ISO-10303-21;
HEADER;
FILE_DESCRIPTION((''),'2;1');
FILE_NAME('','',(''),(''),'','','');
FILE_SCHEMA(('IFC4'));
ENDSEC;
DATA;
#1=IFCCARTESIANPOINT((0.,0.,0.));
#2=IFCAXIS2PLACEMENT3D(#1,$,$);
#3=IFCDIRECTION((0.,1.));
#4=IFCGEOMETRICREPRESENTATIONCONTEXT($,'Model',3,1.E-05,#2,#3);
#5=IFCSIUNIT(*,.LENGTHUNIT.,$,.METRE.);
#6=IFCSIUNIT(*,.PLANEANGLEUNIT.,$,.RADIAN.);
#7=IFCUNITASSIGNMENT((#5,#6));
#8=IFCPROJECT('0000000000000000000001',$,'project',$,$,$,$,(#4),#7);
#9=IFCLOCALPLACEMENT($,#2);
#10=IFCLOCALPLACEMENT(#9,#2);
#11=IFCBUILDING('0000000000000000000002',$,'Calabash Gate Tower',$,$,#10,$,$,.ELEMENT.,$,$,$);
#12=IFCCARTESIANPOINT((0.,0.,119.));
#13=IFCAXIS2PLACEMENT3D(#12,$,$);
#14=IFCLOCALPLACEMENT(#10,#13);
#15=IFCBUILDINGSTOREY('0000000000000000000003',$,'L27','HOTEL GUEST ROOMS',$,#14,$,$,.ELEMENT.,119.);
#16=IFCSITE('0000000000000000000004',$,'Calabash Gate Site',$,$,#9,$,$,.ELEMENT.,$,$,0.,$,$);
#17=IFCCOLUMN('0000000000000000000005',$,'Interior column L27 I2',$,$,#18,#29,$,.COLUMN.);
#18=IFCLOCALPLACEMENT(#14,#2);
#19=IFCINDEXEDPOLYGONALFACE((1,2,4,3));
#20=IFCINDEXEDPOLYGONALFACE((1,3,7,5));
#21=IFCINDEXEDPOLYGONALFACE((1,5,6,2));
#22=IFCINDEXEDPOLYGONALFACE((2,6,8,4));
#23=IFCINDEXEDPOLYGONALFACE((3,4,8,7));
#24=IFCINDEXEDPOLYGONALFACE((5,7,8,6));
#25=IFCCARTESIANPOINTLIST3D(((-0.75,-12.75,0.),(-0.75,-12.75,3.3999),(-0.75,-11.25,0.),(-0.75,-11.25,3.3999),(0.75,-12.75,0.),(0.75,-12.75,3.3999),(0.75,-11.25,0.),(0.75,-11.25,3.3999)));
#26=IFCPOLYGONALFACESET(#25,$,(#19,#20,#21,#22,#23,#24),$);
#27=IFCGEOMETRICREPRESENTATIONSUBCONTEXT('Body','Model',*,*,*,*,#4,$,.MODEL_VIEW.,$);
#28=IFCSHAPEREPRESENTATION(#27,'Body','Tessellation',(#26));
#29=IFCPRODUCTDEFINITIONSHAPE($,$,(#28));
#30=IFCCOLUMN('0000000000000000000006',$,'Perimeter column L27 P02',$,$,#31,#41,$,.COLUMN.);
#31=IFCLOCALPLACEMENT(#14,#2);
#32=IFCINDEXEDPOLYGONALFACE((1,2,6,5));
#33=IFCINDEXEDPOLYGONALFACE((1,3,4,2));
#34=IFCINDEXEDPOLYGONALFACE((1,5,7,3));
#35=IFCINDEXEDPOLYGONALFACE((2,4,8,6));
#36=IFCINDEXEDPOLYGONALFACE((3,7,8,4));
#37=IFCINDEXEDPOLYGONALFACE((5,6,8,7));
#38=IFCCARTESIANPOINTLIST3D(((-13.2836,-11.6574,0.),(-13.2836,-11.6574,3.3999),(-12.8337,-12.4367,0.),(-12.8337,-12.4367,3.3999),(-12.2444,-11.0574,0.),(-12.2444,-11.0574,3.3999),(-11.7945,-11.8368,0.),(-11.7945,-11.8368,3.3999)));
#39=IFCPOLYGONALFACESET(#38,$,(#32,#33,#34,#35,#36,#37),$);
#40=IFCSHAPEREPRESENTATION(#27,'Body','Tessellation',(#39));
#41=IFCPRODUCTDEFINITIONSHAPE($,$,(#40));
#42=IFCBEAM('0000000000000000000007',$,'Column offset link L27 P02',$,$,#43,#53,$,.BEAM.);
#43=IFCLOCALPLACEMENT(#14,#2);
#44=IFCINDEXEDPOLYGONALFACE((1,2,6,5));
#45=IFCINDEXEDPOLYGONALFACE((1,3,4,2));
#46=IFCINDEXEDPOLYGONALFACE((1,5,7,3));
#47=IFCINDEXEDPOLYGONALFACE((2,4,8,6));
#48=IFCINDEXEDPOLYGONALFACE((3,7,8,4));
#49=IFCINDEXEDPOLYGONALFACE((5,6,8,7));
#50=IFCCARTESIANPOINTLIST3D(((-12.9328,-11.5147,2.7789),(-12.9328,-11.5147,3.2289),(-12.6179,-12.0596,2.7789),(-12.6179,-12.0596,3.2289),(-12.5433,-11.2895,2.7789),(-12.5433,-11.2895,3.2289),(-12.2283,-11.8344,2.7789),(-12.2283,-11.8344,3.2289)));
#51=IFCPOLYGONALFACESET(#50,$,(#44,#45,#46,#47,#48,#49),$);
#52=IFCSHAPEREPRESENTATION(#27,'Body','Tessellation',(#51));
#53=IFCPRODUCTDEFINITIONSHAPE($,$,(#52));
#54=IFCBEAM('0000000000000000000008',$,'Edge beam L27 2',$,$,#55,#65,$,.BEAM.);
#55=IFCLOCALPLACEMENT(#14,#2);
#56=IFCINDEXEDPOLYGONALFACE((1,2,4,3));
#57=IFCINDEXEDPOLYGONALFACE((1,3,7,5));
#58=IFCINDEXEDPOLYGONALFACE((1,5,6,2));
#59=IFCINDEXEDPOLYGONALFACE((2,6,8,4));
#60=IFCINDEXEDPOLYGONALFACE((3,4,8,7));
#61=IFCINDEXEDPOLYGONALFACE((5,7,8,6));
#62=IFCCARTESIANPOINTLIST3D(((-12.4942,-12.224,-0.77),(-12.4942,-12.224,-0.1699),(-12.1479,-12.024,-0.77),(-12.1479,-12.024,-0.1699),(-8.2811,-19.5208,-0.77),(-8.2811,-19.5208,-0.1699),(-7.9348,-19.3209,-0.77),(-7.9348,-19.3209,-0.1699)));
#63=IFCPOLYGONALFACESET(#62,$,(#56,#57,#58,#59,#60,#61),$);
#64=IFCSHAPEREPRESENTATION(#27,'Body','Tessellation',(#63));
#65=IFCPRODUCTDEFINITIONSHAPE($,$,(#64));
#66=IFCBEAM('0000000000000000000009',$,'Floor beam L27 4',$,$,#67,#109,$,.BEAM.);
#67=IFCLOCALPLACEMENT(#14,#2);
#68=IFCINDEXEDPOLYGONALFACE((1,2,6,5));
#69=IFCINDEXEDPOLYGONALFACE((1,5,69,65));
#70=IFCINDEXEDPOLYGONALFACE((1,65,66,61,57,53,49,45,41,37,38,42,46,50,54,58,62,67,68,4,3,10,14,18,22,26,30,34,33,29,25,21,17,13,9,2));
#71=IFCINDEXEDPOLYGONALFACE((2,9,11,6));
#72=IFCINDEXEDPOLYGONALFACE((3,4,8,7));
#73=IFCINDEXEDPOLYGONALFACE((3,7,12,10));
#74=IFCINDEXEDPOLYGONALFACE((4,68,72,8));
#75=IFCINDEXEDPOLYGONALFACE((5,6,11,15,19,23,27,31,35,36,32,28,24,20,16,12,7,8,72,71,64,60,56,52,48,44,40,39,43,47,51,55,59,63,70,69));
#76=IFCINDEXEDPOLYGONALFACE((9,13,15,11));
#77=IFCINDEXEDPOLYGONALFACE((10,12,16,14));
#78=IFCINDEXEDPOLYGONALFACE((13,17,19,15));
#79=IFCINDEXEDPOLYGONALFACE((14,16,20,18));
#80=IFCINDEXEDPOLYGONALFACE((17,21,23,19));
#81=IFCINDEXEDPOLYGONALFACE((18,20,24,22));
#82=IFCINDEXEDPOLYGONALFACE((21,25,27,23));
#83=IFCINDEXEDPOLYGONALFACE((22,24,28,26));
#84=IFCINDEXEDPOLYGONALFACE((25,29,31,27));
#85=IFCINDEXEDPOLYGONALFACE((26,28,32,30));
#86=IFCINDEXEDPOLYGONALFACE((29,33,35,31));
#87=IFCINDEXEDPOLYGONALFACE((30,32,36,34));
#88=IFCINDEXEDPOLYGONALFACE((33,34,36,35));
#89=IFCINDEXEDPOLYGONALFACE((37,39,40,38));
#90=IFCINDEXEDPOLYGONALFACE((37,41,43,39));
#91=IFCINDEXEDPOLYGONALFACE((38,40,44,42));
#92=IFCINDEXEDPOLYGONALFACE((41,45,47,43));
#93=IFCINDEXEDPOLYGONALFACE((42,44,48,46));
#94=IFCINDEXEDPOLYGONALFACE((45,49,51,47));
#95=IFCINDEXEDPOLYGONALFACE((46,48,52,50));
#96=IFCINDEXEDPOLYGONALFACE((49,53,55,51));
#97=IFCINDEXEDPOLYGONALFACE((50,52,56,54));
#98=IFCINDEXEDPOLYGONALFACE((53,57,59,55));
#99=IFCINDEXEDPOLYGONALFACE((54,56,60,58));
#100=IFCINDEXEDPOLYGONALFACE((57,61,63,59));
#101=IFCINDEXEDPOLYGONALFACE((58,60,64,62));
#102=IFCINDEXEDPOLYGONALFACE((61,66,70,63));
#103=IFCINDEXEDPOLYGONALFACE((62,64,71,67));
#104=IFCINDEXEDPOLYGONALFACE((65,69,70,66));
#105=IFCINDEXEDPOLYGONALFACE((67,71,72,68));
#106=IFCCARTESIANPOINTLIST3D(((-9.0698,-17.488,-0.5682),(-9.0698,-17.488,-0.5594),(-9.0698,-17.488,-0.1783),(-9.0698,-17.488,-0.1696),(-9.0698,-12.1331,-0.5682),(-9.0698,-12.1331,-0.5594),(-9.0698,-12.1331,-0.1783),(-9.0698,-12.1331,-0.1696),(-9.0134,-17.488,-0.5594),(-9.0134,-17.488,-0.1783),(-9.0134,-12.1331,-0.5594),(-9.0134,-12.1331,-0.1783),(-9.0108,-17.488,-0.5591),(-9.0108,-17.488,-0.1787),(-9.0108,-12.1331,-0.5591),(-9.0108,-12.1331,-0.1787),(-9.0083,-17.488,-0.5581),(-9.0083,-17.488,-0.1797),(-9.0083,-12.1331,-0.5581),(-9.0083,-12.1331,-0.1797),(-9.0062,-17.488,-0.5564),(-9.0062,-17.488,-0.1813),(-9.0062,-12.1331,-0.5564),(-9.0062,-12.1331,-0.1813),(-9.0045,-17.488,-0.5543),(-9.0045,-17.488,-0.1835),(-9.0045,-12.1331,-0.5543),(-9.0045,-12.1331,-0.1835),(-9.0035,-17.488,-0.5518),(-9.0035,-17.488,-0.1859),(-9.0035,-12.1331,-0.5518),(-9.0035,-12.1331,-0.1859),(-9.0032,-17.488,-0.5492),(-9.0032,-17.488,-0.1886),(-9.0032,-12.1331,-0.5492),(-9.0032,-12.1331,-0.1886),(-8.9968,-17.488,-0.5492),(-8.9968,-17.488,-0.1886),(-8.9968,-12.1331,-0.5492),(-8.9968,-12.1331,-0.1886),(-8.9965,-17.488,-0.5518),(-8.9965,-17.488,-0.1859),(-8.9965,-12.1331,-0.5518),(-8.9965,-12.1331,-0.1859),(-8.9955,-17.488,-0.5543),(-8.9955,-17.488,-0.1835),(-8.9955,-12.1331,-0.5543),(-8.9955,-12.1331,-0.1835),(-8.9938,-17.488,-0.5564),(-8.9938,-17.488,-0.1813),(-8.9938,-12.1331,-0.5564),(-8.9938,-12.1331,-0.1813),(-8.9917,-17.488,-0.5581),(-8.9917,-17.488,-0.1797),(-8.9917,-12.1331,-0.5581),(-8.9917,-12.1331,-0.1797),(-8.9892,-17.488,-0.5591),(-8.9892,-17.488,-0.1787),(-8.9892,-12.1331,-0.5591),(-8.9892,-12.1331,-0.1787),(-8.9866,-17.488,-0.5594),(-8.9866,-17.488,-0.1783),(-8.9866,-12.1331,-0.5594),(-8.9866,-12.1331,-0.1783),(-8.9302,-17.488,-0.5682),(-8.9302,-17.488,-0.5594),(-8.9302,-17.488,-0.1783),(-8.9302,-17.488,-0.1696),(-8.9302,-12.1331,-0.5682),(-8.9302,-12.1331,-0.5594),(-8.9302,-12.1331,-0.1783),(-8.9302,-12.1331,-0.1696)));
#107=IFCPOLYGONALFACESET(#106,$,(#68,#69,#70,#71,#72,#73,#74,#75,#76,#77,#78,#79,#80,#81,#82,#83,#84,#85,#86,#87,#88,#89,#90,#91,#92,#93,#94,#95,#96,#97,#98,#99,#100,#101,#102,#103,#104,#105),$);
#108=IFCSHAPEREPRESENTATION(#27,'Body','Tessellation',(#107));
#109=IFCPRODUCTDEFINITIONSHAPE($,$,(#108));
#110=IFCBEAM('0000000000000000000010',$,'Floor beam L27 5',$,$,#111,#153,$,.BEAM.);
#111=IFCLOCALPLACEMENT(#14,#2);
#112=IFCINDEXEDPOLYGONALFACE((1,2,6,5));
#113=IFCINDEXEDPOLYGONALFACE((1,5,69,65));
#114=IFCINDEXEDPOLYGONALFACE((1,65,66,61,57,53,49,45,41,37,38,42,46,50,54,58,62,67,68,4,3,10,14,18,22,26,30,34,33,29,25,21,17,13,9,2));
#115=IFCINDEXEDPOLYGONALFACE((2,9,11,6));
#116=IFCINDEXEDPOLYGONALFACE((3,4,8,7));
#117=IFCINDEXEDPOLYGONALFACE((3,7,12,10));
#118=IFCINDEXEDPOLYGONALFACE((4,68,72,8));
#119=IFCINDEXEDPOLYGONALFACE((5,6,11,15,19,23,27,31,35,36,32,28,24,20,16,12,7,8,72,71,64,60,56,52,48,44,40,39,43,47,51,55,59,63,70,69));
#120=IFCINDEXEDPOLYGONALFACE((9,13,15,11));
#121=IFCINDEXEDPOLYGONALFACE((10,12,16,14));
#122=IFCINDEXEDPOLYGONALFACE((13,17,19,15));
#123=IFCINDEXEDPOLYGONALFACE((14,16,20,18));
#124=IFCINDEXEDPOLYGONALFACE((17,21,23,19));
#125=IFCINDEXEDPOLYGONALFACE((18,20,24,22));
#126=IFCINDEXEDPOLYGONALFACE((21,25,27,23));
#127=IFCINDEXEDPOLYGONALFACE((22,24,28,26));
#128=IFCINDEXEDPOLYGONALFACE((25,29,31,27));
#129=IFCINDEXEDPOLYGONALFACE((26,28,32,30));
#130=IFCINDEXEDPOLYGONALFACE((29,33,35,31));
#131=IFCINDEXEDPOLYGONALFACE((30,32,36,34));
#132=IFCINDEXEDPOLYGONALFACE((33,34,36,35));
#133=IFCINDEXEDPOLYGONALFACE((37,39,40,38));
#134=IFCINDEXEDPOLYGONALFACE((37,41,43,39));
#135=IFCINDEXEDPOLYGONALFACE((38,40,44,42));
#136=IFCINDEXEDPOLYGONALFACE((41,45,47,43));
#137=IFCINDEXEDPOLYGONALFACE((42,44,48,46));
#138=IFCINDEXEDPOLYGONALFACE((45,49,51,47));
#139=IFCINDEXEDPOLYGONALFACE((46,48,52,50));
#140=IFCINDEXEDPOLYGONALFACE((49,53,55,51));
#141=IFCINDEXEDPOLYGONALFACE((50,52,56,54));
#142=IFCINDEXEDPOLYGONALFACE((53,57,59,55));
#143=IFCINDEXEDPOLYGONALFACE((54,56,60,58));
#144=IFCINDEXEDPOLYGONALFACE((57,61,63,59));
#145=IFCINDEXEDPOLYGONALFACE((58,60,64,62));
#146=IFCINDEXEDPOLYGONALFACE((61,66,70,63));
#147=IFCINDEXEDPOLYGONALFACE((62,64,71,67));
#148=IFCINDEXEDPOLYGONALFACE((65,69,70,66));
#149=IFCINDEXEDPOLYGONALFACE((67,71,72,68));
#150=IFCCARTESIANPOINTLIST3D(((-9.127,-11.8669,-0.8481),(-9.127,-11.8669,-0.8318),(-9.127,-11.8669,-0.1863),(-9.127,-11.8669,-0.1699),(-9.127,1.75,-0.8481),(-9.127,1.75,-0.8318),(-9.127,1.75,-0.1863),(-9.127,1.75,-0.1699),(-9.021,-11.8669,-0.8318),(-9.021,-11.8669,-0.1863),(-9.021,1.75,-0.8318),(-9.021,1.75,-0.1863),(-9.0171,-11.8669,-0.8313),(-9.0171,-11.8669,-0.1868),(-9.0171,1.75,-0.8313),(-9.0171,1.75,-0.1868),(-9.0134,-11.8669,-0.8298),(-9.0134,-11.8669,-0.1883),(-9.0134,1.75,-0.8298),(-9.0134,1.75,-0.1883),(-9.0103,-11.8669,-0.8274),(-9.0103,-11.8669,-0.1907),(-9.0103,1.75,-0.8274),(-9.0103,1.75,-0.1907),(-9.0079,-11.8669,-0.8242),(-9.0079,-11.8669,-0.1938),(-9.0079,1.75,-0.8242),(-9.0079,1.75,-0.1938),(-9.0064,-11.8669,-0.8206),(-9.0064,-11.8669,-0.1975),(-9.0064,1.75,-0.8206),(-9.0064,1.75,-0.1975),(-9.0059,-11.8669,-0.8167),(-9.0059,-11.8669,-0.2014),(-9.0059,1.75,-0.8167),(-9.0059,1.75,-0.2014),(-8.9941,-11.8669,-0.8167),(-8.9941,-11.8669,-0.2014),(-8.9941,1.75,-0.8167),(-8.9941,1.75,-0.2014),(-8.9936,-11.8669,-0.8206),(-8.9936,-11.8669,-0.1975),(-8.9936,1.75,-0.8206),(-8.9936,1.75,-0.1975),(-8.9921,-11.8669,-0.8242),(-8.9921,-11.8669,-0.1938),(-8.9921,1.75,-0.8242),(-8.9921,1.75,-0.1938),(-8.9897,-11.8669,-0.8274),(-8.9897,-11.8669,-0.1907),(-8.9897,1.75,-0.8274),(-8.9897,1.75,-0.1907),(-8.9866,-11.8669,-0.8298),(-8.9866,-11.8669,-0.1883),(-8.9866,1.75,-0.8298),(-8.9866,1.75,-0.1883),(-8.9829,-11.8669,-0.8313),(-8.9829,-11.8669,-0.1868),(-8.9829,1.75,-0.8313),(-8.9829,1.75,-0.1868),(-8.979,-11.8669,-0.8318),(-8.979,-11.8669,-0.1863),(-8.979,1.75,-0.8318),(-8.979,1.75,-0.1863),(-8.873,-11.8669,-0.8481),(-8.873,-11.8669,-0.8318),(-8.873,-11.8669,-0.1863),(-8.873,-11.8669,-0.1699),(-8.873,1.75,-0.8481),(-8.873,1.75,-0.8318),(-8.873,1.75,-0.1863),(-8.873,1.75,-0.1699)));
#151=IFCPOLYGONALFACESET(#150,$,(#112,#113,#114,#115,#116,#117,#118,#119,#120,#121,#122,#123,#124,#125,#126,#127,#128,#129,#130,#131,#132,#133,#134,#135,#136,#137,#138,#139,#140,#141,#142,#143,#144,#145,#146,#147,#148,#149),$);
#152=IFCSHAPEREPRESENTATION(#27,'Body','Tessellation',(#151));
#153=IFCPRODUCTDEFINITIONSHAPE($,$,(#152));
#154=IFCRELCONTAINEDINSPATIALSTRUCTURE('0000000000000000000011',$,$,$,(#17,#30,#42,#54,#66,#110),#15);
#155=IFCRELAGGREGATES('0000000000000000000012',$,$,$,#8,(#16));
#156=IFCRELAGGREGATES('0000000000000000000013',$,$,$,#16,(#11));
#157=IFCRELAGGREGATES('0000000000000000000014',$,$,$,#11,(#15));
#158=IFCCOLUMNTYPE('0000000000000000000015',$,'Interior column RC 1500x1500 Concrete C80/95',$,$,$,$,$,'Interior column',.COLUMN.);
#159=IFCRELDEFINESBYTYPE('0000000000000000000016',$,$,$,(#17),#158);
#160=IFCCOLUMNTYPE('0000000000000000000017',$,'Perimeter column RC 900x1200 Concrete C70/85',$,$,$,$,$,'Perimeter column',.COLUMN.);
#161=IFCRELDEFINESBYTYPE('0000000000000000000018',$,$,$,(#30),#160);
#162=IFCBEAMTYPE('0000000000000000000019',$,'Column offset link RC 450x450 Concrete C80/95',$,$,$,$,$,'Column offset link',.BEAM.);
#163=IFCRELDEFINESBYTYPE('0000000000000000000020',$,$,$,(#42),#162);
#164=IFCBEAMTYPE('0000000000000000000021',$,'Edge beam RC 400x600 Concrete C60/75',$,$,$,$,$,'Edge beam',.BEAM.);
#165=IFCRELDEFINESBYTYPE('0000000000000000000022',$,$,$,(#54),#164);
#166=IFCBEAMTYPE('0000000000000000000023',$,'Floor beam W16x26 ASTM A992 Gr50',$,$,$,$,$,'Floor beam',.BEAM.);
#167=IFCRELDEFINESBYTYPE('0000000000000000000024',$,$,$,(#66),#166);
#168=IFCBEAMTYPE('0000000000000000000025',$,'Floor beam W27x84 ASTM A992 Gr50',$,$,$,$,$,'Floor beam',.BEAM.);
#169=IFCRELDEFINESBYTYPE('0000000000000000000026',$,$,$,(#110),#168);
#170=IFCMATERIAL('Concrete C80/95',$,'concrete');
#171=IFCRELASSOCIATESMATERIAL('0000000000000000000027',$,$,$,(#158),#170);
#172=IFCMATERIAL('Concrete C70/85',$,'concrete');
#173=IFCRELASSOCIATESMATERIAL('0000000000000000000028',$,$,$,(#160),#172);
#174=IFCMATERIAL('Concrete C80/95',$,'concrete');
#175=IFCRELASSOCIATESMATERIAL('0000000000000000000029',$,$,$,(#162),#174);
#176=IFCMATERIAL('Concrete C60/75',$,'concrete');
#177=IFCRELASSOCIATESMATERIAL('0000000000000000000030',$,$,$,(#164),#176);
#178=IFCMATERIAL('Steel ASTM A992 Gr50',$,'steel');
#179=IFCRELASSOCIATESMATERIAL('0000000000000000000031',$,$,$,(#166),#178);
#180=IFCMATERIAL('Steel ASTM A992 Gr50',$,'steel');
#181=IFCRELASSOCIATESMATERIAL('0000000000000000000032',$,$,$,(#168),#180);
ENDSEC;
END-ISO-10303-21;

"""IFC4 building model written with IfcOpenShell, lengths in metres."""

from ifc_helpers import new_model, si_unit, direction, frame, origin, origin_2d, place, context, subcontext, project, spatial, rectangle, i_section, extrude, material, material_profile, profile_set, type_object, element, save


model = new_model("IFC4")

# Units and contexts
model_context = context("Model", 3, precision=1e-05, world=origin(), true_north=direction((0.0, 1.0)))
body_context = subcontext(model_context, "Body", "Model", "MODEL_VIEW")
ifc_project = project(units=[si_unit("LENGTHUNIT", "METRE"), si_unit("PLANEANGLEUNIT", "RADIAN")], contexts=[model_context])

# Site, building, storey
site_placement = place(None, origin())
site = spatial("IfcSite", under=ifc_project, at=site_placement, Name="Calabash Gate Site", CompositionType="ELEMENT", RefElevation=0.0)
building_placement = place(site_placement, origin())
building = spatial("IfcBuilding", under=site, at=building_placement, Name="Calabash Gate Tower", CompositionType="ELEMENT")
storey_placement = place(building_placement, frame((0.0, 0.0, 119.0)))
storey = spatial("IfcBuildingStorey", under=building, at=storey_placement, Name="L27", Description="HOTEL GUEST ROOMS", CompositionType="ELEMENT", Elevation=119.0)

# Columns
ifc_material_1 = material(Name="Concrete C80/95", Category="concrete")
ifc_material_profile_1 = material_profile(ifc_material_1, rectangle(XDim=1.5, YDim=1.5, at=origin_2d()))
ifc_profile_set_1 = profile_set([ifc_material_profile_1], Name="Concrete C80/95")
column_type_1 = type_object("IfcColumnType", Name="Interior column RC 1500x1500 Concrete C80/95", ElementType="Interior column", PredefinedType="COLUMN", material=ifc_profile_set_1)
column_1_placement = place(storey_placement, frame((0.0, -12.0, 0.0), z_axis=(0.0, 0.0, 1.0), x_axis=(1.0, 0.0, 0.0)))
element("IfcColumn", 1, at=column_1_placement, inside=storey, type_object=column_type_1, Name="Interior column L27 I2", PredefinedType="COLUMN", context=body_context, shape_type="SweptSolid", body=[
    extrude(rectangle(XDim=1.5, YDim=1.5, at=origin_2d()), origin(), (0.0, 0.0, 1.0), 3.3999),
])
ifc_material_2 = material(Name="Concrete C70/85", Category="concrete")
ifc_material_profile_2 = material_profile(ifc_material_2, rectangle(XDim=0.8999, YDim=1.2, at=origin_2d()))
ifc_profile_set_2 = profile_set([ifc_material_profile_2], Name="Concrete C70/85")
column_type_2 = type_object("IfcColumnType", Name="Perimeter column RC 900x1200 Concrete C70/85", ElementType="Perimeter column", PredefinedType="COLUMN", material=ifc_profile_set_2)
column_2_placement = place(storey_placement, frame((-12.5391, -11.7471, 0.0), z_axis=(0.0, 0.0, 1.0), x_axis=(0.5, -0.866025, 0.0)))
element("IfcColumn", 2, at=column_2_placement, inside=storey, type_object=column_type_2, Name="Perimeter column L27 P02", PredefinedType="COLUMN", context=body_context, shape_type="SweptSolid", body=[
    extrude(rectangle(XDim=0.8999, YDim=1.2, at=origin_2d()), origin(), (0.0, 0.0, 1.0), 3.3999),
])

# Beams
ifc_material_3 = material(Name="Concrete C80/95", Category="concrete")
ifc_material_profile_3 = material_profile(ifc_material_3, rectangle(XDim=0.45, YDim=0.45, at=origin_2d()))
ifc_profile_set_3 = profile_set([ifc_material_profile_3], Name="Concrete C80/95")
beam_type_1 = type_object("IfcBeamType", Name="Column offset link RC 450x450 Concrete C80/95", ElementType="Column offset link", PredefinedType="BEAM", material=ifc_profile_set_3)
beam_1_placement = place(storey_placement, frame((-12.4231, -11.947, 3.0039), z_axis=(-0.500394, 0.865798, 0.0), x_axis=(-0.865798, -0.500394, 0.0)))
element("IfcBeam", 3, at=beam_1_placement, inside=storey, type_object=beam_type_1, Name="Column offset link L27 P02", PredefinedType="BEAM", context=body_context, shape_type="SweptSolid", body=[
    extrude(rectangle(XDim=0.45, YDim=0.45, at=origin_2d()), origin(), (0.0, 0.0, 1.0), 0.6294),
])
ifc_material_4 = material(Name="Concrete C60/75", Category="concrete")
ifc_material_profile_4 = material_profile(ifc_material_4, rectangle(XDim=0.3999, YDim=0.6001, at=origin_2d()))
ifc_profile_set_4 = profile_set([ifc_material_profile_4], Name="Concrete C60/75")
beam_type_2 = type_object("IfcBeamType", Name="Edge beam RC 400x600 Concrete C60/75", ElementType="Edge beam", PredefinedType="BEAM", material=ifc_profile_set_4)
beam_2_placement = place(storey_placement, frame((-12.321, -12.124, -0.47), z_axis=(0.500025, -0.866011, 0.0), x_axis=(0.866011, 0.500025, 0.0)))
element("IfcBeam", 4, at=beam_2_placement, inside=storey, type_object=beam_type_2, Name="Edge beam L27 2", PredefinedType="BEAM", context=body_context, shape_type="SweptSolid", body=[
    extrude(rectangle(XDim=0.3999, YDim=0.6001, at=origin_2d()), origin(), (0.0, 0.0, 1.0), 8.4258),
])
ifc_material_5 = material(Name="Steel ASTM A992 Gr50", Category="steel")
ifc_material_profile_5 = material_profile(ifc_material_5, i_section(OverallWidth=0.1396, OverallDepth=0.3987, WebThickness=0.0063, FlangeThickness=0.0088, FilletRadius=0.0103, at=origin_2d()))
ifc_profile_set_5 = profile_set([ifc_material_profile_5], Name="Steel ASTM A992 Gr50")
beam_type_3 = type_object("IfcBeamType", Name="Floor beam W16x26 ASTM A992 Gr50", ElementType="Floor beam", PredefinedType="BEAM", material=ifc_profile_set_5)
beam_3_placement = place(storey_placement, frame((-9.0, -17.488, -0.3689), z_axis=(0.0, 1.0, 0.0), x_axis=(-1.0, 0.0, 0.0)))
element("IfcBeam", 5, at=beam_3_placement, inside=storey, type_object=beam_type_3, Name="Floor beam L27 4", PredefinedType="BEAM", context=body_context, shape_type="SweptSolid", body=[
    extrude(i_section(OverallWidth=0.1396, OverallDepth=0.3987, WebThickness=0.0063, FlangeThickness=0.0088, FilletRadius=0.0103, at=origin_2d()), origin(), (0.0, 0.0, 1.0), 5.355),
])
ifc_material_6 = material(Name="Steel ASTM A992 Gr50", Category="steel")
ifc_material_profile_6 = material_profile(ifc_material_6, i_section(OverallWidth=0.2539, OverallDepth=0.6782, WebThickness=0.0117, FlangeThickness=0.0164, FilletRadius=0.0151, at=origin_2d()))
ifc_profile_set_6 = profile_set([ifc_material_profile_6], Name="Steel ASTM A992 Gr50")
beam_type_4 = type_object("IfcBeamType", Name="Floor beam W27x84 ASTM A992 Gr50", ElementType="Floor beam", PredefinedType="BEAM", material=ifc_profile_set_6)
beam_4_placement = place(storey_placement, frame((-9.0, -11.8669, -0.509), z_axis=(0.0, 1.0, 0.0), x_axis=(-1.0, 0.0, 0.0)))
element("IfcBeam", 6, at=beam_4_placement, inside=storey, type_object=beam_type_4, Name="Floor beam L27 5", PredefinedType="BEAM", context=body_context, shape_type="SweptSolid", body=[
    extrude(i_section(OverallWidth=0.2539, OverallDepth=0.6782, WebThickness=0.0117, FlangeThickness=0.0164, FilletRadius=0.0151, at=origin_2d()), origin(), (0.0, 0.0, 1.0), 13.6169),
])

save(model, "model.ifc")
